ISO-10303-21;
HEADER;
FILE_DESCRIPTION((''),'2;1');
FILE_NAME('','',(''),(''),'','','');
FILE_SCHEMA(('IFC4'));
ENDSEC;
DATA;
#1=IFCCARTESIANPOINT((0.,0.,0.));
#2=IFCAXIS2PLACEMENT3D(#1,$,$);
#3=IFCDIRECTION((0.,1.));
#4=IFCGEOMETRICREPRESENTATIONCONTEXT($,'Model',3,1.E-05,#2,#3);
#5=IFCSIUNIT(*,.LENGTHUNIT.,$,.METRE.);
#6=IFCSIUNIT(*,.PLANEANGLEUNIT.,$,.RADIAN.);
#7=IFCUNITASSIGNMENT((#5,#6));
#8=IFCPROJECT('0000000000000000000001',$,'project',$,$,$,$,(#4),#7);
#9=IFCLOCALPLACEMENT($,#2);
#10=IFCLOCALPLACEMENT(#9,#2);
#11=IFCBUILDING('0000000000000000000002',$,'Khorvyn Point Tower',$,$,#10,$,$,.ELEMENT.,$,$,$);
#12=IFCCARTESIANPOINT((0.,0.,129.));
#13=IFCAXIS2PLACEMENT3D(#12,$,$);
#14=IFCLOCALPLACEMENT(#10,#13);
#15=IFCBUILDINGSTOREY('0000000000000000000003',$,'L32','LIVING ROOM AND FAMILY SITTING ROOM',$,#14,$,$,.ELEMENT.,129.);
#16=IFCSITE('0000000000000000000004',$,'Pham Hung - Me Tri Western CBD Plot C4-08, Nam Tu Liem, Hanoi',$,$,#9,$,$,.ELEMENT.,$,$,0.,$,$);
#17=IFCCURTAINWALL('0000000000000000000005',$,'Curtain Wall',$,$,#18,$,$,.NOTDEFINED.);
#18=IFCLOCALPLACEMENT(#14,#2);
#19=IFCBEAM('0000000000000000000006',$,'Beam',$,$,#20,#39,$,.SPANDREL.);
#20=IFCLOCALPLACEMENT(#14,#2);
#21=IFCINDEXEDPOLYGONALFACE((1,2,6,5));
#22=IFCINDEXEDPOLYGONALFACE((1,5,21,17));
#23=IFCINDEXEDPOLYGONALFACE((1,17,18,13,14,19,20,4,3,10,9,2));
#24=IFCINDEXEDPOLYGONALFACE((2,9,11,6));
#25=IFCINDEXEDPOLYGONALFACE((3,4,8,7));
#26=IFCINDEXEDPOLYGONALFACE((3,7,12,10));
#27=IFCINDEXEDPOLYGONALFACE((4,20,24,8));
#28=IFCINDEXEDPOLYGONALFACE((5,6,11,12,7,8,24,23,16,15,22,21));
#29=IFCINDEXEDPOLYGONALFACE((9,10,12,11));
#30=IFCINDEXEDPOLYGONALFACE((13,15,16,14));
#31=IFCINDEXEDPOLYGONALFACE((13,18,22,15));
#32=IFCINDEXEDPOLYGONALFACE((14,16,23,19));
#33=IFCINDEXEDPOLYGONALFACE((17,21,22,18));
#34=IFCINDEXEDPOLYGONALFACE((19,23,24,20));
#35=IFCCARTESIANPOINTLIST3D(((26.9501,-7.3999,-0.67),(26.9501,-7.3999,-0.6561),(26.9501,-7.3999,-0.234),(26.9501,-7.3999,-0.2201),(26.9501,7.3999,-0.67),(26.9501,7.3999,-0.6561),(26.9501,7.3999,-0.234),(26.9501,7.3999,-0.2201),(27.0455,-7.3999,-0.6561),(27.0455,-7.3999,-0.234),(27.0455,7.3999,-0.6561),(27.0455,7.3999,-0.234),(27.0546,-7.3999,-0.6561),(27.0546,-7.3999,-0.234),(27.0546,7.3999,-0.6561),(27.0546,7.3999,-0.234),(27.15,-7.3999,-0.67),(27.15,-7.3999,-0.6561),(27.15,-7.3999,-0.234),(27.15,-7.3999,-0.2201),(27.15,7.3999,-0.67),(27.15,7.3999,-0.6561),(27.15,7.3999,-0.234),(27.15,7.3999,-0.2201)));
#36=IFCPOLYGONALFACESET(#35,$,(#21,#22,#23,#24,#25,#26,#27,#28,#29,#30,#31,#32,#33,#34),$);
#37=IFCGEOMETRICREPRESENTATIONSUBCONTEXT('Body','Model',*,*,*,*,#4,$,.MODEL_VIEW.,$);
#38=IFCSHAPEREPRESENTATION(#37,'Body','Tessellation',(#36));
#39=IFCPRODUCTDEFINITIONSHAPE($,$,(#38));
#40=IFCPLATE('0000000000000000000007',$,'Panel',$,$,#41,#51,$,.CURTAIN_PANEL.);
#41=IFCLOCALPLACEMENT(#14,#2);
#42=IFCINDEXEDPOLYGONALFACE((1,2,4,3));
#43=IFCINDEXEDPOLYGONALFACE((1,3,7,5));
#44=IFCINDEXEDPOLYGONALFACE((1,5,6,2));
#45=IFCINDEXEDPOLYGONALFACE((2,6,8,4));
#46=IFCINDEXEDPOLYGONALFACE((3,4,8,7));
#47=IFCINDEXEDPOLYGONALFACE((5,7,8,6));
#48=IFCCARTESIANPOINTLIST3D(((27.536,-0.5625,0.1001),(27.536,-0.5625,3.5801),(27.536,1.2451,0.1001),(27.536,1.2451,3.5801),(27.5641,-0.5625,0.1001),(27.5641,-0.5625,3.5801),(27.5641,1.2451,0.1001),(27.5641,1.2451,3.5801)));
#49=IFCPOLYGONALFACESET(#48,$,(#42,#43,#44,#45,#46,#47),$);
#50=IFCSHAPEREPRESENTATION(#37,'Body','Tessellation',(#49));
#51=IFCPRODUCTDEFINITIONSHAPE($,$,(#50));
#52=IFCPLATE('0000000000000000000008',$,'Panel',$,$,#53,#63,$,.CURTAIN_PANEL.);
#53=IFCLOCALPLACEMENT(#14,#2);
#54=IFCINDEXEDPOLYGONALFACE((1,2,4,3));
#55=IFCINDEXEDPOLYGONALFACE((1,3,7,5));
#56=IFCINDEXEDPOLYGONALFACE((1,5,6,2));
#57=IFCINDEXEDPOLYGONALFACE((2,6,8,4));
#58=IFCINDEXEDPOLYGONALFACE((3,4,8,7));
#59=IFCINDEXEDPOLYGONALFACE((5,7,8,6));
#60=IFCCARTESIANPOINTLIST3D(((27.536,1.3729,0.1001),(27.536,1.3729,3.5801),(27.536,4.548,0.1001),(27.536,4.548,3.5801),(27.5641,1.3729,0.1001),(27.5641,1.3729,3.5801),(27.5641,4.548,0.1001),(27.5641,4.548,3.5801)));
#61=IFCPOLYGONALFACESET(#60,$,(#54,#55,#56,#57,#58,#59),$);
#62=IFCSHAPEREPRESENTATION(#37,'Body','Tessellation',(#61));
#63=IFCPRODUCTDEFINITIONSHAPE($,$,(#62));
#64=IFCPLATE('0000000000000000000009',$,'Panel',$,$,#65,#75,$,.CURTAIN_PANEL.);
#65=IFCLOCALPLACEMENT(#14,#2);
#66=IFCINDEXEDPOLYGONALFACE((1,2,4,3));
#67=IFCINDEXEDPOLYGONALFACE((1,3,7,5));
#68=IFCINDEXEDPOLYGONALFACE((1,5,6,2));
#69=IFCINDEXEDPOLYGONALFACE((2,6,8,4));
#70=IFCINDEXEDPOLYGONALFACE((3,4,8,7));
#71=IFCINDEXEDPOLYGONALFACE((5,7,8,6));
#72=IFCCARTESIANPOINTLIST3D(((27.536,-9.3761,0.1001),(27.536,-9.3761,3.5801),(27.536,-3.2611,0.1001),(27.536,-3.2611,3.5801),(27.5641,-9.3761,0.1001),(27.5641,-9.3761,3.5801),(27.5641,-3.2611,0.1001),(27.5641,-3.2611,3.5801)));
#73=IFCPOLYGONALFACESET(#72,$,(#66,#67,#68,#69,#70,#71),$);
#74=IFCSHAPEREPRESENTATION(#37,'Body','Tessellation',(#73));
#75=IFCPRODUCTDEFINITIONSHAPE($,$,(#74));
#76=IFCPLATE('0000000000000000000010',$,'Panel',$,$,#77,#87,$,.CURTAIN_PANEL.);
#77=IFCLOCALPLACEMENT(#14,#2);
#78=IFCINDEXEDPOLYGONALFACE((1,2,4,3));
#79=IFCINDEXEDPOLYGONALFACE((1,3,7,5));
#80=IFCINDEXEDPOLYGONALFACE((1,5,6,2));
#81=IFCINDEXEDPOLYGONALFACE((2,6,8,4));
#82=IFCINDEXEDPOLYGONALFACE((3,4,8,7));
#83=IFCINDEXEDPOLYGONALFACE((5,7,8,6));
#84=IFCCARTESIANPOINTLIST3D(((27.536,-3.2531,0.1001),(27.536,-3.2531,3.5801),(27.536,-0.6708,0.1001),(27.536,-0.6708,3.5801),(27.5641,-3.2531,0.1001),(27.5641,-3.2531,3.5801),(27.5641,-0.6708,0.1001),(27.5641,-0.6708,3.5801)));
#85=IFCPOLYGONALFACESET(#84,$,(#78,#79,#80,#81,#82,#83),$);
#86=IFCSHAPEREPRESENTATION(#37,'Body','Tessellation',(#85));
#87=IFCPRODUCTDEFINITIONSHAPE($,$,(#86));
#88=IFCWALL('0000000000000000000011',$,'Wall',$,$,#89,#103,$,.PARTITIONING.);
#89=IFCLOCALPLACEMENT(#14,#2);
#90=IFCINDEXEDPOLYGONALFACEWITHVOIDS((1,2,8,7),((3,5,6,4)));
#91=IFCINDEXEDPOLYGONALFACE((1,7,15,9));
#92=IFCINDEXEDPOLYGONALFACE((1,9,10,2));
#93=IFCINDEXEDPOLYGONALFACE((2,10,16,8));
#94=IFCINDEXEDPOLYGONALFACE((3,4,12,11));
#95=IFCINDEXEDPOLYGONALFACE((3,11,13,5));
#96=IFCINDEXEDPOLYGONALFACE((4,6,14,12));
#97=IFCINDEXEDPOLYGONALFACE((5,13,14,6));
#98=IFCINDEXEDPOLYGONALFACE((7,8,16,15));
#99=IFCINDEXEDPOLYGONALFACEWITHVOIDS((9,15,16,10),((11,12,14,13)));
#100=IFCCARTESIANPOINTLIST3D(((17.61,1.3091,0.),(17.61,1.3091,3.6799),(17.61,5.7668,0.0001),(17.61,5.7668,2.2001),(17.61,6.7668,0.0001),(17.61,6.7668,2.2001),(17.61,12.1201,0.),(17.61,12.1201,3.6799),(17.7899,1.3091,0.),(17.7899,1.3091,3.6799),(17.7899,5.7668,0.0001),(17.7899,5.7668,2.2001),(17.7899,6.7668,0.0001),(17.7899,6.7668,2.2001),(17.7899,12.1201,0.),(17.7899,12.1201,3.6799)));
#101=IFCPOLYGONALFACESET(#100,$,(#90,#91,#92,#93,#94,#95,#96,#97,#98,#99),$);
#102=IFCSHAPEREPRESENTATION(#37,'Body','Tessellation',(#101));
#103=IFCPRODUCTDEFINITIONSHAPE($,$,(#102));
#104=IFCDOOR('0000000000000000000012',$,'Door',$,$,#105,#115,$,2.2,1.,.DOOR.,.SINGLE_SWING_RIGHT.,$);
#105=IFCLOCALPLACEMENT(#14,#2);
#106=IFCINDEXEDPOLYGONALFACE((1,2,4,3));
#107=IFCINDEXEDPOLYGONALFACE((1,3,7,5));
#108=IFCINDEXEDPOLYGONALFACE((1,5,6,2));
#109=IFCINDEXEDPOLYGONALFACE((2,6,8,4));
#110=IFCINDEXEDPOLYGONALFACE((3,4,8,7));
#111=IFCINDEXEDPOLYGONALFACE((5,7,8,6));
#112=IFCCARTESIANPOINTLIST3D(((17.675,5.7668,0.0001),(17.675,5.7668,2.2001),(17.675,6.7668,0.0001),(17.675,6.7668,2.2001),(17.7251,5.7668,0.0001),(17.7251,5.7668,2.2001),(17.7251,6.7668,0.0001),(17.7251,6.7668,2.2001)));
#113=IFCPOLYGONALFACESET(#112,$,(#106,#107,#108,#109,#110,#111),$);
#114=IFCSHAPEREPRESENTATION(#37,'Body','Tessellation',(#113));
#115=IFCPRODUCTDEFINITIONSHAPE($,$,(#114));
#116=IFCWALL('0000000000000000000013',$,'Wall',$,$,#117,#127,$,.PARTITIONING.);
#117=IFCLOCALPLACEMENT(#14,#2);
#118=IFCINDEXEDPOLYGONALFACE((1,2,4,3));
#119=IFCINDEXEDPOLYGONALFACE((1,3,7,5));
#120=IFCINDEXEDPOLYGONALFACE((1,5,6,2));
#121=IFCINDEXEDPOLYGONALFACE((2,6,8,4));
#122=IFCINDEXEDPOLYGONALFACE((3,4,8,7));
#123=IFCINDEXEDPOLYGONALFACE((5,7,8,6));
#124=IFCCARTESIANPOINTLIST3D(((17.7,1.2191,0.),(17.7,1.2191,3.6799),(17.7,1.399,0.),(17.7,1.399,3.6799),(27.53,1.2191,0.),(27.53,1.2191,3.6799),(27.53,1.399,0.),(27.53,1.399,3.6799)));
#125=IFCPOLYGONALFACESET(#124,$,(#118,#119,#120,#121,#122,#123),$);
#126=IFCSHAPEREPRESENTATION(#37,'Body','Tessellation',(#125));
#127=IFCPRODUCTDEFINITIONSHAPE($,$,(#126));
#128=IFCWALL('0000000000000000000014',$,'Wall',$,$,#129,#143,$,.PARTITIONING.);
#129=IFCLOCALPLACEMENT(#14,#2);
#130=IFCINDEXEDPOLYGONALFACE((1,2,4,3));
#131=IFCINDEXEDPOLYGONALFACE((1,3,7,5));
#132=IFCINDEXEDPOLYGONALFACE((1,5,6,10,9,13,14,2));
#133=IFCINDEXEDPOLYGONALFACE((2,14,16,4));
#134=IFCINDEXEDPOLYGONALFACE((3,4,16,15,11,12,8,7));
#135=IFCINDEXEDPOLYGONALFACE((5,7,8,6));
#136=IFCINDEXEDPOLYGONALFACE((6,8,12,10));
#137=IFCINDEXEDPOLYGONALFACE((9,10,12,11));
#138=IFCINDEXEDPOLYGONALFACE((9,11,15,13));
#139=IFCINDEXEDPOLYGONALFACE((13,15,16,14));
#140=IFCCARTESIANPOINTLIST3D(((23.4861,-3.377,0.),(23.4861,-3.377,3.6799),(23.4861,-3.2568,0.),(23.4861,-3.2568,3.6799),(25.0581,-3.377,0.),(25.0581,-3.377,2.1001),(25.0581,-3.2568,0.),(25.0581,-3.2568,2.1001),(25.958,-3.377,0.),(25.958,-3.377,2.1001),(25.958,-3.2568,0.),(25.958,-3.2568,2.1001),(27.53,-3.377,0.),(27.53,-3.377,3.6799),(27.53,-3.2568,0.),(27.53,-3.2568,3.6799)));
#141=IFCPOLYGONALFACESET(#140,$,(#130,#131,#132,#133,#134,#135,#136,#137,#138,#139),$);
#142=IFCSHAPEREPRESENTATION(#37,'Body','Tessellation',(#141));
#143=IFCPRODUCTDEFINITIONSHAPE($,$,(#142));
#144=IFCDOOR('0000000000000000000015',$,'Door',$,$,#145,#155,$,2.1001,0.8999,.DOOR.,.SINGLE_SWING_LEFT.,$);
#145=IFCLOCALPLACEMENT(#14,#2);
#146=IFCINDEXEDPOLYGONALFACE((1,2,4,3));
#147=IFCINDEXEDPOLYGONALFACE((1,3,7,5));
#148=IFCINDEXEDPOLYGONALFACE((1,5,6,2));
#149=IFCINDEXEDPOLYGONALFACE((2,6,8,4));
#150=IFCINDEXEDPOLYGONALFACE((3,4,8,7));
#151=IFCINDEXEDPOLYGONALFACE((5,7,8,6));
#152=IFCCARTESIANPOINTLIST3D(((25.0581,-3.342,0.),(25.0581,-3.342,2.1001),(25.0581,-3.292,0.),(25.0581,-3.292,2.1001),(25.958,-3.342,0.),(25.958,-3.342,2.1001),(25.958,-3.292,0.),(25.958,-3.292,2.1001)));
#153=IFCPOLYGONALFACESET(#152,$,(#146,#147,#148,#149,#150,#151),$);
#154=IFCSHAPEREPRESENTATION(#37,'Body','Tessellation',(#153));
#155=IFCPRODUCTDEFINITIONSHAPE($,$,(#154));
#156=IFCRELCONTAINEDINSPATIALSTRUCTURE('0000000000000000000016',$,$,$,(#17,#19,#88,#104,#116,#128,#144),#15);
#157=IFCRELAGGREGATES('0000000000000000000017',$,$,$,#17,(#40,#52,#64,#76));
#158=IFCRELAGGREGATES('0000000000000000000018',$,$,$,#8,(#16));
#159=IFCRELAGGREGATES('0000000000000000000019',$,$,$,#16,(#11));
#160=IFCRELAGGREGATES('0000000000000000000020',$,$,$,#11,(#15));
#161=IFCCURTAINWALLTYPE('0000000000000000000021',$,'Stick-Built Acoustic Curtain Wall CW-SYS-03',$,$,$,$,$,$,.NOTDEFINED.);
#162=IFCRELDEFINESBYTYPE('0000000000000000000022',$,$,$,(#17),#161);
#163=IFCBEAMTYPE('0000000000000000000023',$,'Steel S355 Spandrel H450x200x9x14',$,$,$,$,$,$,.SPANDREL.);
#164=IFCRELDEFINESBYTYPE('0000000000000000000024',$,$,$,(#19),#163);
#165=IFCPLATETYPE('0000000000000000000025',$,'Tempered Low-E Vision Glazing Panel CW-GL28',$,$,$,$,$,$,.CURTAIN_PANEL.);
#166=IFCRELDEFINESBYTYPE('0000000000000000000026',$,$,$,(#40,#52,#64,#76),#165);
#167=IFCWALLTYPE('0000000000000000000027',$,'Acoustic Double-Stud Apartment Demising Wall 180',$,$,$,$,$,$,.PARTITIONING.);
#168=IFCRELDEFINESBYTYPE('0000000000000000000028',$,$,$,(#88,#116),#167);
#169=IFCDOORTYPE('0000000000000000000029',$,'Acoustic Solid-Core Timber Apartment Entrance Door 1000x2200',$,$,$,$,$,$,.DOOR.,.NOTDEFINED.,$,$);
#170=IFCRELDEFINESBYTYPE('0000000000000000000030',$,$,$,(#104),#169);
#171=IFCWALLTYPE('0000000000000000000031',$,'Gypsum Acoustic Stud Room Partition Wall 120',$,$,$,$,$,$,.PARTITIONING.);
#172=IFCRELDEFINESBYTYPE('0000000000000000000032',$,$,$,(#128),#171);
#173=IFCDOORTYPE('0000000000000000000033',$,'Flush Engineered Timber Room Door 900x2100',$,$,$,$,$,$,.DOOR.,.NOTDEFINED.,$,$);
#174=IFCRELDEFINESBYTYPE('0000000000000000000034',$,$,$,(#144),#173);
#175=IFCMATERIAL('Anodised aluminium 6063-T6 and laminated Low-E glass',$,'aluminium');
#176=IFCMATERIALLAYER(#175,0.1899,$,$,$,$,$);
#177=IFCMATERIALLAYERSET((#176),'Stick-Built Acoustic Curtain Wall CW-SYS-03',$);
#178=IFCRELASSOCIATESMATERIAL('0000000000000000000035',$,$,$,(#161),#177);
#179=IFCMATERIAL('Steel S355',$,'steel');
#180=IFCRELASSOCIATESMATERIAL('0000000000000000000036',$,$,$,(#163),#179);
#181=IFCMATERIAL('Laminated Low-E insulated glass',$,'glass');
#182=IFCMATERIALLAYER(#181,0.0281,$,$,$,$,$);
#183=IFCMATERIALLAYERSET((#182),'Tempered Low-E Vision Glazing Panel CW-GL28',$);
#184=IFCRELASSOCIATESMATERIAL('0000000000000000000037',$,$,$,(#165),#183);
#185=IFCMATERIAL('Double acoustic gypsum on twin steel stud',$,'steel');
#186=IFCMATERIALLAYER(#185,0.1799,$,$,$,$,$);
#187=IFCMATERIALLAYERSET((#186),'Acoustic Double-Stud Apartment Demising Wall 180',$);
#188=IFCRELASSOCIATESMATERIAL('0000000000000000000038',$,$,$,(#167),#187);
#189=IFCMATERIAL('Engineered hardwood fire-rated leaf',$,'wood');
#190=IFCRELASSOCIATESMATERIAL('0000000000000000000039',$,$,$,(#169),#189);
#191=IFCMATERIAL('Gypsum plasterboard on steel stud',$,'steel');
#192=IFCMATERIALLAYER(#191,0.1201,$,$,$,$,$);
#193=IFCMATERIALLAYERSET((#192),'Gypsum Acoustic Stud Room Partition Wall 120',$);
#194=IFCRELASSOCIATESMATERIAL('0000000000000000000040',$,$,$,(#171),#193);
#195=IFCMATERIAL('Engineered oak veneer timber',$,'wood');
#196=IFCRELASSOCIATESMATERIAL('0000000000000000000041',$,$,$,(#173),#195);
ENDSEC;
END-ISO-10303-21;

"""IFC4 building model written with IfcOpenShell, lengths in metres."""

from ifc_helpers import new_model, si_unit, direction, frame, frame_2d, origin, origin_2d, place, context, subcontext, project, spatial, rectangle, i_section, extrude, material, layer, layer_set, material_profile, profile_set, type_object, element, fill, aggregate, save


model = new_model("IFC4")

# Units and contexts
model_context = context("Model", 3, precision=1e-05, world=origin(), true_north=direction((0.0, 1.0)))
body_context = subcontext(model_context, "Body", "Model", "MODEL_VIEW")
ifc_project = project(units=[si_unit("LENGTHUNIT", "METRE"), si_unit("PLANEANGLEUNIT", "RADIAN")], contexts=[model_context])

# Site, building, storey
site_placement = place(None, origin())
site = spatial("IfcSite", under=ifc_project, at=site_placement, Name="Pham Hung - Me Tri Western CBD Plot C4-08, Nam Tu Liem, Hanoi", CompositionType="ELEMENT", RefElevation=0.0)
building_placement = place(site_placement, origin())
building = spatial("IfcBuilding", under=site, at=building_placement, Name="Khorvyn Point Tower", CompositionType="ELEMENT")
storey_placement = place(building_placement, frame((0.0, 0.0, 129.0)))
storey = spatial("IfcBuildingStorey", under=building, at=storey_placement, Name="L32", Description="LIVING ROOM AND FAMILY SITTING ROOM", CompositionType="ELEMENT", Elevation=129.0)

# Curtain wall
ifc_material_1 = material(Name="Anodised aluminium 6063-T6 and laminated Low-E glass", Category="aluminium")
ifc_layer_1 = layer(ifc_material_1, 0.1899)
ifc_layer_set_1 = layer_set([ifc_layer_1], Name="Stick-Built Acoustic Curtain Wall CW-SYS-03")
curtain_wall_type = type_object("IfcCurtainWallType", Name="Stick-Built Acoustic Curtain Wall CW-SYS-03", PredefinedType="NOTDEFINED", material=ifc_layer_set_1)
curtain_wall_placement = place(storey_placement, origin())
curtain_wall = element("IfcCurtainWall", 1, at=curtain_wall_placement, inside=storey, type_object=curtain_wall_type, Name="Curtain Wall", PredefinedType="NOTDEFINED")

# Beam
ifc_material_2 = material(Name="Steel S355", Category="steel")
ifc_material_profile_1 = material_profile(ifc_material_2, i_section(OverallWidth=0.2, OverallDepth=0.45, WebThickness=0.009, FlangeThickness=0.0139, at=origin_2d()))
ifc_profile_set_1 = profile_set([ifc_material_profile_1], Name="Steel S355 H450x200x9x14")
beam_type_1 = type_object("IfcBeamType", Name="Steel S355 Spandrel H450x200x9x14", PredefinedType="SPANDREL", material=ifc_profile_set_1)
beam_1_placement = place(storey_placement, frame((27.05, -7.3999, -0.4451), z_axis=(0.0, 1.0, 0.0), x_axis=(-1.0, 0.0, 0.0)))
element("IfcBeam", 2, at=beam_1_placement, inside=storey, type_object=beam_type_1, Name="Beam", PredefinedType="SPANDREL", context=body_context, shape_type="SweptSolid", body=[
    extrude(i_section(OverallWidth=0.2, OverallDepth=0.45, WebThickness=0.009, FlangeThickness=0.0139, at=origin_2d()), origin(), (0.0, 0.0, 1.0), 14.7998),
])

# Plates
ifc_material_3 = material(Name="Laminated Low-E insulated glass", Category="glass")
ifc_layer_2 = layer(ifc_material_3, 0.0281)
ifc_layer_set_2 = layer_set([ifc_layer_2], Name="Tempered Low-E Vision Glazing Panel CW-GL28")
plate_type = type_object("IfcPlateType", Name="Tempered Low-E Vision Glazing Panel CW-GL28", PredefinedType="CURTAIN_PANEL", material=ifc_layer_set_2)
plate_1_placement = place(storey_placement, frame((27.55, 0.3413, 0.1001), z_axis=(0.0, 0.0, 1.0), x_axis=(0.0, -1.0, 0.0)))
plate_1 = element("IfcPlate", 3, at=plate_1_placement, type_object=plate_type, Name="Panel", PredefinedType="CURTAIN_PANEL", context=body_context, shape_type="SweptSolid", body=[
    extrude(rectangle(XDim=1.8076, YDim=0.0281, at=origin_2d()), origin(), (0.0, 0.0, 1.0), 3.48),
])
plate_2_placement = place(storey_placement, frame((27.55, 2.9604, 0.1001), z_axis=(0.0, 0.0, 1.0), x_axis=(0.0, -1.0, 0.0)))
plate_2 = element("IfcPlate", 4, at=plate_2_placement, type_object=plate_type, Name="Panel", PredefinedType="CURTAIN_PANEL", context=body_context, shape_type="SweptSolid", body=[
    extrude(rectangle(XDim=3.175, YDim=0.0281, at=origin_2d()), origin(), (0.0, 0.0, 1.0), 3.48),
])
plate_3_placement = place(storey_placement, frame((27.55, -6.3186, 0.1001), z_axis=(0.0, 0.0, 1.0), x_axis=(0.0, -1.0, 0.0)))
plate_3 = element("IfcPlate", 5, at=plate_3_placement, type_object=plate_type, Name="Panel", PredefinedType="CURTAIN_PANEL", context=body_context, shape_type="SweptSolid", body=[
    extrude(rectangle(XDim=6.115, YDim=0.0281, at=origin_2d()), origin(), (0.0, 0.0, 1.0), 3.48),
])
plate_4_placement = place(storey_placement, frame((27.55, -1.9619, 0.1001), z_axis=(0.0, 0.0, 1.0), x_axis=(0.0, -1.0, 0.0)))
plate_4 = element("IfcPlate", 6, at=plate_4_placement, type_object=plate_type, Name="Panel", PredefinedType="CURTAIN_PANEL", context=body_context, shape_type="SweptSolid", body=[
    extrude(rectangle(XDim=2.5823, YDim=0.0281, at=origin_2d()), origin(), (0.0, 0.0, 1.0), 3.48),
])
aggregate(curtain_wall, [plate_1, plate_2, plate_3, plate_4])

# Wall, opening, door
ifc_material_4 = material(Name="Double acoustic gypsum on twin steel stud", Category="steel")
ifc_layer_3 = layer(ifc_material_4, 0.1799)
ifc_layer_set_3 = layer_set([ifc_layer_3], Name="Acoustic Double-Stud Apartment Demising Wall 180")
wall_type_1 = type_object("IfcWallType", Name="Acoustic Double-Stud Apartment Demising Wall 180", PredefinedType="PARTITIONING", material=ifc_layer_set_3)
wall_1_placement = place(storey_placement, frame((17.7, 1.3091, 0.0), z_axis=(0.0, 0.0, 1.0), x_axis=(0.0, 1.0, 0.0)))
wall_1 = element("IfcWall", 7, at=wall_1_placement, inside=storey, type_object=wall_type_1, Name="Wall", PredefinedType="PARTITIONING", context=body_context, shape_type="SweptSolid", body=[
    extrude(rectangle(XDim=10.811, YDim=0.1799, at=frame_2d((5.4055, 0.0))), origin(), (0.0, 0.0, 1.0), 3.6799),
])
opening_1_placement = place(wall_1_placement, frame((4.4578, 0.0, 0.0)))
opening_1 = element("IfcOpeningElement", 8, at=opening_1_placement, cuts=wall_1, PredefinedType="OPENING", context=body_context, shape_type="SweptSolid", body=[
    extrude(rectangle(XDim=1.0, YDim=2.2, at=frame_2d((0.5, 1.1001))), frame((0.0, 0.0999, 0.0), z_axis=(0.0, -1.0, 0.0), x_axis=(1.0, 0.0, 0.0)), (0.0, 0.0, 1.0), 0.2),
])
ifc_material_5 = material(Name="Engineered hardwood fire-rated leaf", Category="wood")
door_type_1 = type_object("IfcDoorType", Name="Acoustic Solid-Core Timber Apartment Entrance Door 1000x2200", OperationType="NOTDEFINED", PredefinedType="DOOR", material=ifc_material_5)
door_1_placement = place(opening_1_placement, origin())
door_1 = element("IfcDoor", 9, at=door_1_placement, inside=storey, type_object=door_type_1, Name="Door", OperationType="SINGLE_SWING_RIGHT", OverallHeight=2.2, OverallWidth=1.0, PredefinedType="DOOR", context=body_context, shape_type="SweptSolid", body=[
    extrude(rectangle(XDim=1.0, YDim=2.2, at=frame_2d((0.5, 1.1001))), frame((0.0, 0.0249, 0.0), z_axis=(0.0, -1.0, 0.0), x_axis=(1.0, 0.0, 0.0)), (0.0, 0.0, 1.0), 0.05),
])
fill(opening_1, door_1)

# Wall
wall_2_placement = place(storey_placement, frame((17.7, 1.3091, 0.0), z_axis=(0.0, 0.0, 1.0), x_axis=(1.0, 0.0, 0.0)))
element("IfcWall", 10, at=wall_2_placement, inside=storey, type_object=wall_type_1, Name="Wall", PredefinedType="PARTITIONING", context=body_context, shape_type="SweptSolid", body=[
    extrude(rectangle(XDim=9.8301, YDim=0.1799, at=frame_2d((4.915, 0.0))), origin(), (0.0, 0.0, 1.0), 3.6799),
])

# Wall, opening, door
ifc_material_6 = material(Name="Gypsum plasterboard on steel stud", Category="steel")
ifc_layer_4 = layer(ifc_material_6, 0.1201)
ifc_layer_set_4 = layer_set([ifc_layer_4], Name="Gypsum Acoustic Stud Room Partition Wall 120")
wall_type_2 = type_object("IfcWallType", Name="Gypsum Acoustic Stud Room Partition Wall 120", PredefinedType="PARTITIONING", material=ifc_layer_set_4)
wall_3_placement = place(storey_placement, frame((23.4861, -3.3169, 0.0), z_axis=(0.0, 0.0, 1.0), x_axis=(1.0, 0.0, 0.0)))
wall_3 = element("IfcWall", 11, at=wall_3_placement, inside=storey, type_object=wall_type_2, Name="Wall", PredefinedType="PARTITIONING", context=body_context, shape_type="SweptSolid", body=[
    extrude(rectangle(XDim=4.0439, YDim=0.1201, at=frame_2d((2.022, 0.0))), origin(), (0.0, 0.0, 1.0), 3.6799),
])
opening_2_placement = place(wall_3_placement, frame((1.572, 0.0, 0.0)))
opening_2 = element("IfcOpeningElement", 12, at=opening_2_placement, cuts=wall_3, PredefinedType="OPENING", context=body_context, shape_type="SweptSolid", body=[
    extrude(rectangle(XDim=0.8999, YDim=2.1001, at=frame_2d((0.45, 1.05))), frame((0.0, 0.0701, 0.0), z_axis=(0.0, -1.0, 0.0), x_axis=(1.0, 0.0, 0.0)), (0.0, 0.0, 1.0), 0.1401),
])
ifc_material_7 = material(Name="Engineered oak veneer timber", Category="wood")
door_type_2 = type_object("IfcDoorType", Name="Flush Engineered Timber Room Door 900x2100", OperationType="NOTDEFINED", PredefinedType="DOOR", material=ifc_material_7)
door_2_placement = place(opening_2_placement, origin())
door_2 = element("IfcDoor", 13, at=door_2_placement, inside=storey, type_object=door_type_2, Name="Door", OperationType="SINGLE_SWING_LEFT", OverallHeight=2.1001, OverallWidth=0.8999, PredefinedType="DOOR", context=body_context, shape_type="SweptSolid", body=[
    extrude(rectangle(XDim=0.8999, YDim=2.1001, at=frame_2d((0.45, 1.05))), frame((0.0, 0.0249, 0.0), z_axis=(0.0, -1.0, 0.0), x_axis=(1.0, 0.0, 0.0)), (0.0, 0.0, 1.0), 0.05),
])
fill(opening_2, door_2)

save(model, "model.ifc")
